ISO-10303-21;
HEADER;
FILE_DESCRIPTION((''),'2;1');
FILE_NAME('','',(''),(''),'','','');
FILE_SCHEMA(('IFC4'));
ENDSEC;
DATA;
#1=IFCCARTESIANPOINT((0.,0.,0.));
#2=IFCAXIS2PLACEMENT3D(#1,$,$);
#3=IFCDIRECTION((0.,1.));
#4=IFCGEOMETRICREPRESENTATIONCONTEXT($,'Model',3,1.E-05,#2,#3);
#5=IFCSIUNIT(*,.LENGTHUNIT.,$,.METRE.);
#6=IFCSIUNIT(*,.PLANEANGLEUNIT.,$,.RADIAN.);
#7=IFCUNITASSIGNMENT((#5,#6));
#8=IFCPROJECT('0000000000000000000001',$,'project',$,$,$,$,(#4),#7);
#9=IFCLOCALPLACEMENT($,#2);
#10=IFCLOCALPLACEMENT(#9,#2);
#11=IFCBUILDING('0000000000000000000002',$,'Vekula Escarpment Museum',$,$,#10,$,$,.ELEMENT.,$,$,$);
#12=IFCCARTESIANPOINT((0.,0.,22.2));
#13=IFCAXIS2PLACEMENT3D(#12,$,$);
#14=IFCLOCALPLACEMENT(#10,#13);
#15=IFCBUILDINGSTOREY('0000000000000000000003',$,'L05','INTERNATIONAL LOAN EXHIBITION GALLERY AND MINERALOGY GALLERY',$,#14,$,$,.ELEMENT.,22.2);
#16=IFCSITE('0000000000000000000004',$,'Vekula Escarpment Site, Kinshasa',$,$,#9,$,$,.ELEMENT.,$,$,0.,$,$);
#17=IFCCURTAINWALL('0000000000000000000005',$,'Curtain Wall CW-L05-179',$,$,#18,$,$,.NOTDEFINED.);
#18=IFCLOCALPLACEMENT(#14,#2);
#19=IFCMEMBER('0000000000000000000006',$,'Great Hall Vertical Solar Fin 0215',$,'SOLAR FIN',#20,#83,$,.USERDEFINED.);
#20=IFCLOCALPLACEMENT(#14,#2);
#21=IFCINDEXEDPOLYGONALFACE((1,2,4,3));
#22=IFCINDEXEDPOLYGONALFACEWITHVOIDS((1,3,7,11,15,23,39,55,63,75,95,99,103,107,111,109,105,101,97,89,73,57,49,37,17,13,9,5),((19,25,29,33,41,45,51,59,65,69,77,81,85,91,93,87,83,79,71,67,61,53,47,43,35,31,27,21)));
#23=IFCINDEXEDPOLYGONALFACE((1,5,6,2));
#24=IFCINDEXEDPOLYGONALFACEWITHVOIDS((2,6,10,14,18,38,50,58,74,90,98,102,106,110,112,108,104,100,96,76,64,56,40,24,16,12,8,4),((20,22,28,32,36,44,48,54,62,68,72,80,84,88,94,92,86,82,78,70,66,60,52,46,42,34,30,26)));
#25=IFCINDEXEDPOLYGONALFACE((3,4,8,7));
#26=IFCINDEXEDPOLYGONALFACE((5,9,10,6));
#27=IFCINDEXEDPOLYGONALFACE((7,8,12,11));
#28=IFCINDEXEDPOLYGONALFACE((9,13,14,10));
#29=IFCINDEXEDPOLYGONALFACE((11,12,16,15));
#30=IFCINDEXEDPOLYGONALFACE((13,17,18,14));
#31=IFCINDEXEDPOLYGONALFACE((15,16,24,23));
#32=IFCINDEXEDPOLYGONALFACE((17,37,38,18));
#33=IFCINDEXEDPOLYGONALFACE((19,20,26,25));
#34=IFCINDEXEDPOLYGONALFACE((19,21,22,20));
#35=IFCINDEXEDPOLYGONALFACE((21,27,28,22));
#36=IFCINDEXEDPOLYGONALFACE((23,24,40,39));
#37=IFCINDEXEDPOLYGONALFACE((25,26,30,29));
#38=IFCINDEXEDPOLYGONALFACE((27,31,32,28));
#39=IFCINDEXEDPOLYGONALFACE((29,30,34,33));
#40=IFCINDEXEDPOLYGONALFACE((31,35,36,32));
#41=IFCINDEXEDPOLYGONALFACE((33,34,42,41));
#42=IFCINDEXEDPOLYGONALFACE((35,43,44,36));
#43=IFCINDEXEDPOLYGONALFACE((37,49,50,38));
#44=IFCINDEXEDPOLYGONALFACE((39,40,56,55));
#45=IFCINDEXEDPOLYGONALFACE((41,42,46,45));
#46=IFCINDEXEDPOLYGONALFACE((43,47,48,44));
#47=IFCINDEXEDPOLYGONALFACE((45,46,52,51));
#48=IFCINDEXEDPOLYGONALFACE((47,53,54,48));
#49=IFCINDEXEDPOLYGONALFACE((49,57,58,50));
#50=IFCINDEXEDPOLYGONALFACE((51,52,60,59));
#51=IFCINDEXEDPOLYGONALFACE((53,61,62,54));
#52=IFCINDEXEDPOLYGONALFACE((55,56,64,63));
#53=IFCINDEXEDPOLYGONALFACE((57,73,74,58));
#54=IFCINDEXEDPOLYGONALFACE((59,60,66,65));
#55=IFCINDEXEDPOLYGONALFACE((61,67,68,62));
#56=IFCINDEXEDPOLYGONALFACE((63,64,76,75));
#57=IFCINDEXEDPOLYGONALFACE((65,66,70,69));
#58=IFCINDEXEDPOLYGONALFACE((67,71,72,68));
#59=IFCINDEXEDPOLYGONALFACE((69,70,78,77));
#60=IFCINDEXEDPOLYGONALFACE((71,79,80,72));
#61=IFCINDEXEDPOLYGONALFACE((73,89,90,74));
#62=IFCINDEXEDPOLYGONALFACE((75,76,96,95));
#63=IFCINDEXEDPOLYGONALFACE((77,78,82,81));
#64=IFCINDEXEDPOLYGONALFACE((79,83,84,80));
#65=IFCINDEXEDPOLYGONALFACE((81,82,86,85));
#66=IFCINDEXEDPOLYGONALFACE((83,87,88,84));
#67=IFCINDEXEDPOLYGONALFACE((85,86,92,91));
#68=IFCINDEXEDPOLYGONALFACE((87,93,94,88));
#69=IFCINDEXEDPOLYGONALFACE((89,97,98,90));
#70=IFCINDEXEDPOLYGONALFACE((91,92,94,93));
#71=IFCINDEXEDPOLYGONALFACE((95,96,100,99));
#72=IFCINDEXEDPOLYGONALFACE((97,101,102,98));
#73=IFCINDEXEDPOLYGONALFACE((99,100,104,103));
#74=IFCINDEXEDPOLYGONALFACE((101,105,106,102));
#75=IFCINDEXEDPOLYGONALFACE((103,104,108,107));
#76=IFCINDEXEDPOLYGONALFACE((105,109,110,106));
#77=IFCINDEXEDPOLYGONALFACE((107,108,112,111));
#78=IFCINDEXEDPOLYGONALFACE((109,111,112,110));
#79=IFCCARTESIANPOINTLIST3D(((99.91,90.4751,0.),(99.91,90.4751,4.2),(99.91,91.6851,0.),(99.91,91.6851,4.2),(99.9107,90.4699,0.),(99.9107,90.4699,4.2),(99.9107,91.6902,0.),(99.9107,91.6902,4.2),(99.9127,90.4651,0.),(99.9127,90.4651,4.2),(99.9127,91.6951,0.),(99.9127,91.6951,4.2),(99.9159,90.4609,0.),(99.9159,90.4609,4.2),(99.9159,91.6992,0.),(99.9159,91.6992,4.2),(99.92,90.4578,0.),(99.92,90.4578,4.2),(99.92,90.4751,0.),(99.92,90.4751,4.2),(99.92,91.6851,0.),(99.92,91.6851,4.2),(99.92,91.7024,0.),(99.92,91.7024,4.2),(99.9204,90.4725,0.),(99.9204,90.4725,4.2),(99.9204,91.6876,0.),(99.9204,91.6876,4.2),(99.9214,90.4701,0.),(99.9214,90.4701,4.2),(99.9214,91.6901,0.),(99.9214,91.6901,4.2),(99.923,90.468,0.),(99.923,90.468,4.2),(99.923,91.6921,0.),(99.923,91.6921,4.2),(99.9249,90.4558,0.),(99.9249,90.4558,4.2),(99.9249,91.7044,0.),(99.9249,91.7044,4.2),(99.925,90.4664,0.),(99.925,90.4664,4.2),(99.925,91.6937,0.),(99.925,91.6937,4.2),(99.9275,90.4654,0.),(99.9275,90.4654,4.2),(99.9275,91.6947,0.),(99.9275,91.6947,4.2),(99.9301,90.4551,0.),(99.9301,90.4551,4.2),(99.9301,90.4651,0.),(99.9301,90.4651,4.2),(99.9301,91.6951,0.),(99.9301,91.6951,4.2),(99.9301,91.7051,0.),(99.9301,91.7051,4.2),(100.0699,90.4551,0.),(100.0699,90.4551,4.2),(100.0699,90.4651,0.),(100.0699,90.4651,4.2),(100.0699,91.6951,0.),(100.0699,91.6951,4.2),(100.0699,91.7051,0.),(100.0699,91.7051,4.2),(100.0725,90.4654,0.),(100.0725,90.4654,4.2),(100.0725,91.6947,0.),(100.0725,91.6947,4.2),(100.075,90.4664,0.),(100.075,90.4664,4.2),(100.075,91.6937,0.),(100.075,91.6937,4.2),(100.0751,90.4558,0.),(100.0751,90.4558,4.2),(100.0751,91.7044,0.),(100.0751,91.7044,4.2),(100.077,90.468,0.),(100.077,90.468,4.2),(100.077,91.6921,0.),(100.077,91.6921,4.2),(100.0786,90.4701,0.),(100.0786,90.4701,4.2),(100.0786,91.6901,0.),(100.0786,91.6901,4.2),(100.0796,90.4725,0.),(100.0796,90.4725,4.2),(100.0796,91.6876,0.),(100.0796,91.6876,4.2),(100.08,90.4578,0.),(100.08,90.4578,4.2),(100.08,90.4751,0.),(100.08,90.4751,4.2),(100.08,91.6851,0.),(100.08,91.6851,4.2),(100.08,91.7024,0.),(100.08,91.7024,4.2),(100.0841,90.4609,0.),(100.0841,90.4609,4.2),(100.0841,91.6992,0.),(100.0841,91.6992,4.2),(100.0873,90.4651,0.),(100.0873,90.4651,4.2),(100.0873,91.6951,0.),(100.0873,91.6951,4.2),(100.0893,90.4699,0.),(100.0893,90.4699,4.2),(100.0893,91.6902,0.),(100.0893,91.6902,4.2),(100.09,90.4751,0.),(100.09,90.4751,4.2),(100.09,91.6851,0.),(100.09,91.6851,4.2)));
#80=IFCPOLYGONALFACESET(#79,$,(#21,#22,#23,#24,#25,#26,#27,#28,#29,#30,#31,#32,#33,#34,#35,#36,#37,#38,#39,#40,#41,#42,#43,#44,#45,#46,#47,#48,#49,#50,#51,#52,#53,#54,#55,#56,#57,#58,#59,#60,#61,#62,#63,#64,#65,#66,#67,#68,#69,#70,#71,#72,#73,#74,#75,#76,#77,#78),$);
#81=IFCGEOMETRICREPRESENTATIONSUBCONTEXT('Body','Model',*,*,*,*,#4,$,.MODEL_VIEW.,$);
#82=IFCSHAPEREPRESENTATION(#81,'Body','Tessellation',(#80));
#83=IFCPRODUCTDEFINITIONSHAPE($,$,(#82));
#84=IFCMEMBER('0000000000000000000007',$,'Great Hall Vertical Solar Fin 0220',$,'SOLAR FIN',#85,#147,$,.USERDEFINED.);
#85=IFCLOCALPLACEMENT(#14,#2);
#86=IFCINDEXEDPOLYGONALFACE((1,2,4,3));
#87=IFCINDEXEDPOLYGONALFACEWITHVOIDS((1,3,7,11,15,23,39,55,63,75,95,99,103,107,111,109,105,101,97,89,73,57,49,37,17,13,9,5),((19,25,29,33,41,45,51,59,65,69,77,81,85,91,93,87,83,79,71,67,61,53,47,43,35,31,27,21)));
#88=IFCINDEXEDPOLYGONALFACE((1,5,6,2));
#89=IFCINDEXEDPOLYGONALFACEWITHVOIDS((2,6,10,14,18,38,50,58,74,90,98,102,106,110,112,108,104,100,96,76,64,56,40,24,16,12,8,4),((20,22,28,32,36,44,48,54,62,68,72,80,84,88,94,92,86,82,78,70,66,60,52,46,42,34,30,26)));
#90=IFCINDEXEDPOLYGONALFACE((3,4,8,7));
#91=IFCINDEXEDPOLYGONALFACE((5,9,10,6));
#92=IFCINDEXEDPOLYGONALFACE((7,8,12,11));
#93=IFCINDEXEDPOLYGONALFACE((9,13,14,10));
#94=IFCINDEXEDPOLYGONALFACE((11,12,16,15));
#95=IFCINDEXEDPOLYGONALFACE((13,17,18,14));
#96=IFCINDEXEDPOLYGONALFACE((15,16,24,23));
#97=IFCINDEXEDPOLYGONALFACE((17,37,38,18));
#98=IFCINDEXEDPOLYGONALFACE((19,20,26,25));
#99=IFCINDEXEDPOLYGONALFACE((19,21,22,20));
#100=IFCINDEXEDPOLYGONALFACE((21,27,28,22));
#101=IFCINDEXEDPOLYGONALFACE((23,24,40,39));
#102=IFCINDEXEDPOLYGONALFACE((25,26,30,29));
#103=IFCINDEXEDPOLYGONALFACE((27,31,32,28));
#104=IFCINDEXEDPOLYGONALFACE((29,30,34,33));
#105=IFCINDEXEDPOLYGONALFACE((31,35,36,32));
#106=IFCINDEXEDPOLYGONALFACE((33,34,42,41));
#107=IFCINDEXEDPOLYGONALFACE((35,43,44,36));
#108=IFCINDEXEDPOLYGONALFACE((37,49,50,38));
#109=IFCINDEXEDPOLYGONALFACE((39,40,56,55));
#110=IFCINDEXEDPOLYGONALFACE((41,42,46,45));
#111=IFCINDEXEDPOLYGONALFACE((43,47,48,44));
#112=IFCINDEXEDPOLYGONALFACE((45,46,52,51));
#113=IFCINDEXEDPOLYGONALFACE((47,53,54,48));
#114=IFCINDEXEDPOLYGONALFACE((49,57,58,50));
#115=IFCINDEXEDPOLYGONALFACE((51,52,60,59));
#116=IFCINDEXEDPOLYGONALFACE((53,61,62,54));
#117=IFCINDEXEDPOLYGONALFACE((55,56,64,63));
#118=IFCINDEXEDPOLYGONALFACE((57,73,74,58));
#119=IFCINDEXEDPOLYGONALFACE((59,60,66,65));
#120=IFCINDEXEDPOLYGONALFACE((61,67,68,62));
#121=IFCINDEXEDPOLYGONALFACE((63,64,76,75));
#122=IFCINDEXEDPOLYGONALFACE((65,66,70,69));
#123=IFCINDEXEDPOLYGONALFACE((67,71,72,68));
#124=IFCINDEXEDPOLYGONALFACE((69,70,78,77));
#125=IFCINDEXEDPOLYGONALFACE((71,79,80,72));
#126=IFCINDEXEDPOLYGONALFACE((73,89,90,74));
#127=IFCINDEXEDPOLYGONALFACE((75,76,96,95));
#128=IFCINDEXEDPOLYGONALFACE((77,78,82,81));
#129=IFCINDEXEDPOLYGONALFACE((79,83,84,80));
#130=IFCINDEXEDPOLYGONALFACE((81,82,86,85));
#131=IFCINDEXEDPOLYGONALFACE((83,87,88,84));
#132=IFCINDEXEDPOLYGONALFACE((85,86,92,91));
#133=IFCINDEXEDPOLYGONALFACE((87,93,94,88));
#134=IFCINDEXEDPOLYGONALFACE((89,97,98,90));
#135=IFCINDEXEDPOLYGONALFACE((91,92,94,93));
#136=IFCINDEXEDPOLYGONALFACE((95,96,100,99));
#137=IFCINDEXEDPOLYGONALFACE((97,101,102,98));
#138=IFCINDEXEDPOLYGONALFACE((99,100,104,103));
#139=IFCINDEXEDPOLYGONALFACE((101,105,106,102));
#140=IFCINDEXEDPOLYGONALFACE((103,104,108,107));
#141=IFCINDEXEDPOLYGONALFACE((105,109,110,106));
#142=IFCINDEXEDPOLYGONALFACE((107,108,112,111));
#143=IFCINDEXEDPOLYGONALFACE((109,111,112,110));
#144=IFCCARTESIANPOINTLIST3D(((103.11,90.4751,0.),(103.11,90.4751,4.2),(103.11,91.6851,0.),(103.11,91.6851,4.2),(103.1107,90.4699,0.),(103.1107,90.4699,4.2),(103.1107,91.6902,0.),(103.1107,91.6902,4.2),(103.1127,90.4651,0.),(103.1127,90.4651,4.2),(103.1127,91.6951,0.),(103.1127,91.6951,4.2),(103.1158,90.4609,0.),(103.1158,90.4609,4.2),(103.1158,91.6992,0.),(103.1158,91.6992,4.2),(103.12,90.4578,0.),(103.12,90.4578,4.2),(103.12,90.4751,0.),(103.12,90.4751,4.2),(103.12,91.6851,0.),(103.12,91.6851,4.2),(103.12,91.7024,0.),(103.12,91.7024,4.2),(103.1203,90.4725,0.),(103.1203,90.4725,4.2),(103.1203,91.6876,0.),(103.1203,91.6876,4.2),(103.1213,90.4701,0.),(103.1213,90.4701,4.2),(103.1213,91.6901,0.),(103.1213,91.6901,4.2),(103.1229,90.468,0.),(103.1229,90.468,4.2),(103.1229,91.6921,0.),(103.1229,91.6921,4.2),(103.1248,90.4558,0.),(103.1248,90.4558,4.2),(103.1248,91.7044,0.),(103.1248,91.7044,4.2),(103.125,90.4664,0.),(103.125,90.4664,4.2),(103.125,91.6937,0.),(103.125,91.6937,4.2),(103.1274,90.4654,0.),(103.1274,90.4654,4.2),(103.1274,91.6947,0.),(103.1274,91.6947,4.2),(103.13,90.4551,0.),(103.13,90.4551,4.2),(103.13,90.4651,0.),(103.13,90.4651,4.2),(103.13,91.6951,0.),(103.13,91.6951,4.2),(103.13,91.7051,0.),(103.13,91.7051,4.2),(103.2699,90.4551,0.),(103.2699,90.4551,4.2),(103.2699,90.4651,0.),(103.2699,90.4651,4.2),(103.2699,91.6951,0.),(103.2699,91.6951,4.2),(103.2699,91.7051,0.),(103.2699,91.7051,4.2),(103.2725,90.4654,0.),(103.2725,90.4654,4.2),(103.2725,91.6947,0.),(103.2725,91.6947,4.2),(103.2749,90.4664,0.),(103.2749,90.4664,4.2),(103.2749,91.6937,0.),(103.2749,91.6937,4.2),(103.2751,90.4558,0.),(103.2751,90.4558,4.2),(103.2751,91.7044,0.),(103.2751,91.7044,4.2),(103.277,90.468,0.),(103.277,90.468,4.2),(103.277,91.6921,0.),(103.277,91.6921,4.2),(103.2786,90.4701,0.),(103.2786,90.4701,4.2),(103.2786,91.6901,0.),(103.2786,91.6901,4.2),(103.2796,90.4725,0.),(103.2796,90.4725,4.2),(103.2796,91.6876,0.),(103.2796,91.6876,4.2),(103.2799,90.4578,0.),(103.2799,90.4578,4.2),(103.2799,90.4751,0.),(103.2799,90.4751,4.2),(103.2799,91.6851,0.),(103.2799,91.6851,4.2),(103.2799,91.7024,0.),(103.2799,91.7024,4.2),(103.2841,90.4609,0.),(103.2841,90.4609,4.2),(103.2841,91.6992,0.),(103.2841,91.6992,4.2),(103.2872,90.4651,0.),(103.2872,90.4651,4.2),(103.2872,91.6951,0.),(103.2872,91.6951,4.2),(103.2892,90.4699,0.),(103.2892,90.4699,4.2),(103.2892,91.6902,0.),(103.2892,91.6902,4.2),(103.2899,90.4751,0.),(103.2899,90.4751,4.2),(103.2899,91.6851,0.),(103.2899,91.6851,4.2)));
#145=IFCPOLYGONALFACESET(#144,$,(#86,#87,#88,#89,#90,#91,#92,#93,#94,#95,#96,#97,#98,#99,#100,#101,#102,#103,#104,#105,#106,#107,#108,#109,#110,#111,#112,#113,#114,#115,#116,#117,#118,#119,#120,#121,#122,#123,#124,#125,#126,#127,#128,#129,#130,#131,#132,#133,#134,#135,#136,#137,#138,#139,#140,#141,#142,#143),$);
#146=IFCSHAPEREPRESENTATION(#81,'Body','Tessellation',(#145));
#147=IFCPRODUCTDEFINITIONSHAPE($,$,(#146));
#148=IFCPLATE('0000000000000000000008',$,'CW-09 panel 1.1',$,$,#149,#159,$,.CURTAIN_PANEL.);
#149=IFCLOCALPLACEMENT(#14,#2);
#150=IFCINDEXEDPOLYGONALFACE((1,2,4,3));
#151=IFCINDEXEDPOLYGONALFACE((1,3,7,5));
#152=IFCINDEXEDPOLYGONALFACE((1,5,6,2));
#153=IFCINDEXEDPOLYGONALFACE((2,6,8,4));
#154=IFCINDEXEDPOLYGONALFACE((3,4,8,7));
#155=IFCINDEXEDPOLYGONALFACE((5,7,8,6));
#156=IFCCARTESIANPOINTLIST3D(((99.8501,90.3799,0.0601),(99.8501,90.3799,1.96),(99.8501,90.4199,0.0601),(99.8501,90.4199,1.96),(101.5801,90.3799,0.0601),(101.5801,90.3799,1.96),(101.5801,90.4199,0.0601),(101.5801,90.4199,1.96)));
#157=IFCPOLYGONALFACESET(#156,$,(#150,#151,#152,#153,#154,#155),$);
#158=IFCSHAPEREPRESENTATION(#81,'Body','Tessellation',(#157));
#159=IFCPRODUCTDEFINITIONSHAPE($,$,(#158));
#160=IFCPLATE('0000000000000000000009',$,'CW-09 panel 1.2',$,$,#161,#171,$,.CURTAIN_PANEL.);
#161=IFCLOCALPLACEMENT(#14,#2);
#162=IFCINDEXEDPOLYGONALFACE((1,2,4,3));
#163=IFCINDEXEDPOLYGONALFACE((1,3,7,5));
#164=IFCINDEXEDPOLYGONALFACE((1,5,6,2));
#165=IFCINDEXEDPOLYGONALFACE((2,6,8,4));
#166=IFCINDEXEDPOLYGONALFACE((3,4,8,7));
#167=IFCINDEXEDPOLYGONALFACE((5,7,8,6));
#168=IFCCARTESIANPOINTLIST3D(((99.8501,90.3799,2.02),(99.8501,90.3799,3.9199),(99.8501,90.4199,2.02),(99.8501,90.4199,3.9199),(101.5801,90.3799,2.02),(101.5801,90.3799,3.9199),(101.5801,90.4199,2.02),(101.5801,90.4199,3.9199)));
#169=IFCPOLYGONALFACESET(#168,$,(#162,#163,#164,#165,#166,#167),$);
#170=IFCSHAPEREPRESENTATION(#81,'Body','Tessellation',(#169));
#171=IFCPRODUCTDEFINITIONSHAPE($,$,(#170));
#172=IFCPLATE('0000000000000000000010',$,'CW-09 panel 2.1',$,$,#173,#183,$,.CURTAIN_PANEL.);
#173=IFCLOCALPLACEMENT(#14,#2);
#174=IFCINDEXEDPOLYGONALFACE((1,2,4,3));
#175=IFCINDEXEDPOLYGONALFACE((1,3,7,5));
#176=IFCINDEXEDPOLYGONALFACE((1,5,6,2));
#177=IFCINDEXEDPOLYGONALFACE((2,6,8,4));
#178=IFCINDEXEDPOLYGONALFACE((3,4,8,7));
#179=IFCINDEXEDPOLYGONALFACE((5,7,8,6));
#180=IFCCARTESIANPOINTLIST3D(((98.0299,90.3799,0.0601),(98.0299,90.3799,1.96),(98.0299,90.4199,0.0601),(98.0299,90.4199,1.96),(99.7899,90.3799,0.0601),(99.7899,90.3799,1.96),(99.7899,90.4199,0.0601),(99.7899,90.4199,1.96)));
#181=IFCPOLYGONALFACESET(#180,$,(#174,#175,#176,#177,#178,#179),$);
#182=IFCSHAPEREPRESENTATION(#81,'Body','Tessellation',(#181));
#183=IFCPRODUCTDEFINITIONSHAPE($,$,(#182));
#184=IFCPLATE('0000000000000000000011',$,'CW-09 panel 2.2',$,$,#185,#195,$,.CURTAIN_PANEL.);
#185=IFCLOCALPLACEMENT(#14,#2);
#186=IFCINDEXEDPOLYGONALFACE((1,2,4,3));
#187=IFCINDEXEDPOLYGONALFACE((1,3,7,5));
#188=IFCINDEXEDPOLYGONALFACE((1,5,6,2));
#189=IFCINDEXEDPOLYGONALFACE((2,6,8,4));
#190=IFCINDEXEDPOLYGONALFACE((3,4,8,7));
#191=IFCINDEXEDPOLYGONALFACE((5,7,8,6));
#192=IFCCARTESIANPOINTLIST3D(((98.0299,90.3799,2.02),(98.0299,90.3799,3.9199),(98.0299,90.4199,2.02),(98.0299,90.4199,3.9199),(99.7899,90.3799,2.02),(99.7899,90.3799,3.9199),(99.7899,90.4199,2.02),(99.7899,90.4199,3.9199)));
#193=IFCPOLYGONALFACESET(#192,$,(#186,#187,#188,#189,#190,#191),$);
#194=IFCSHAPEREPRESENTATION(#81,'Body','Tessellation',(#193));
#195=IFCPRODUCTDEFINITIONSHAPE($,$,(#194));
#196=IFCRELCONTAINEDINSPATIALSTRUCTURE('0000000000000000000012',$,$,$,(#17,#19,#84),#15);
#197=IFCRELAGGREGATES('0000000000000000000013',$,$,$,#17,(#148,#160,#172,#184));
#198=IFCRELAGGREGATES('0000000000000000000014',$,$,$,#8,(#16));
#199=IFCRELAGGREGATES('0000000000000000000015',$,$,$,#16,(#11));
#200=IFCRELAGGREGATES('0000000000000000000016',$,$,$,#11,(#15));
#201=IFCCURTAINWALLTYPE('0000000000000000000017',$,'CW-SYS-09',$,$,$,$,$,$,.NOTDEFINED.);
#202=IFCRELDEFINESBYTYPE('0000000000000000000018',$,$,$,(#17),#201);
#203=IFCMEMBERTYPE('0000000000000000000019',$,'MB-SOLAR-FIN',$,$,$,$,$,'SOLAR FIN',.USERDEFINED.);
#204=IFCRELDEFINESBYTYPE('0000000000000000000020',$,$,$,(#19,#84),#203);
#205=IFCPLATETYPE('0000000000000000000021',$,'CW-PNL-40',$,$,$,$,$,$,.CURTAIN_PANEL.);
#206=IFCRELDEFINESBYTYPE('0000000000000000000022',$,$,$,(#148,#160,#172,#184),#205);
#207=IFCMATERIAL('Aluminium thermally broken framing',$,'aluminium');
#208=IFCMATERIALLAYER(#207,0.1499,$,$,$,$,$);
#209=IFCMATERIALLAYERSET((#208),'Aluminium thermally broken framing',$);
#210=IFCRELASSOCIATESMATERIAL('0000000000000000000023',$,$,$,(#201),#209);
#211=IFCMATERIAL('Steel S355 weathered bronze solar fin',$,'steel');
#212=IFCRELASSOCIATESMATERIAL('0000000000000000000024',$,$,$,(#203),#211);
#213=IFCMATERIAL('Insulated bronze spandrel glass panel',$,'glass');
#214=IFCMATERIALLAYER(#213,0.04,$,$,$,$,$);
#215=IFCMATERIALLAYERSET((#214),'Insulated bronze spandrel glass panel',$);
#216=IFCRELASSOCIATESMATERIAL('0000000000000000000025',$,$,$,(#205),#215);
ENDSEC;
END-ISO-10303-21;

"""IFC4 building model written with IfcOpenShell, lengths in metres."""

from ifc_helpers import new_model, si_unit, direction, frame, origin, origin_2d, place, context, subcontext, project, spatial, rectangle, hollow_rectangle, extrude, material, layer, layer_set, material_profile, profile_set, type_object, element, aggregate, save


model = new_model("IFC4")

# Units and contexts
model_context = context("Model", 3, precision=1e-05, world=origin(), true_north=direction((0.0, 1.0)))
body_context = subcontext(model_context, "Body", "Model", "MODEL_VIEW")
ifc_project = project(units=[si_unit("LENGTHUNIT", "METRE"), si_unit("PLANEANGLEUNIT", "RADIAN")], contexts=[model_context])

# Site, building, storey
site_placement = place(None, origin())
site = spatial("IfcSite", under=ifc_project, at=site_placement, Name="Vekula Escarpment Site, Kinshasa", CompositionType="ELEMENT", RefElevation=0.0)
building_placement = place(site_placement, origin())
building = spatial("IfcBuilding", under=site, at=building_placement, Name="Vekula Escarpment Museum", CompositionType="ELEMENT")
storey_placement = place(building_placement, frame((0.0, 0.0, 22.2)))
storey = spatial("IfcBuildingStorey", under=building, at=storey_placement, Name="L05", Description="INTERNATIONAL LOAN EXHIBITION GALLERY AND MINERALOGY GALLERY", CompositionType="ELEMENT", Elevation=22.2)

# Curtain wall
ifc_material_1 = material(Name="Aluminium thermally broken framing", Category="aluminium")
ifc_layer_1 = layer(ifc_material_1, 0.1499)
ifc_layer_set_1 = layer_set([ifc_layer_1], Name="Aluminium thermally broken framing")
curtain_wall_type_1 = type_object("IfcCurtainWallType", Name="CW-SYS-09", PredefinedType="NOTDEFINED", material=ifc_layer_set_1)
curtain_wall_1_placement = place(storey_placement, origin())
curtain_wall_1 = element("IfcCurtainWall", 1, at=curtain_wall_1_placement, inside=storey, type_object=curtain_wall_type_1, Name="Curtain Wall CW-L05-179", PredefinedType="NOTDEFINED")

# Members
ifc_material_2 = material(Name="Steel S355 weathered bronze solar fin", Category="steel")
ifc_material_profile_1 = material_profile(ifc_material_2, hollow_rectangle(XDim=0.1799, YDim=1.25, WallThickness=0.01, InnerFilletRadius=0.01, OuterFilletRadius=0.02, at=origin_2d()), Name="RHS 1250x180x10")
ifc_profile_set_1 = profile_set([ifc_material_profile_1], Name="Steel S355 weathered bronze solar fin")
member_type_1 = type_object("IfcMemberType", Name="MB-SOLAR-FIN", ElementType="SOLAR FIN", PredefinedType="USERDEFINED", material=ifc_profile_set_1)
for number, where, z_axis, x_axis, name in (
    (2, (100.0, 91.0801, 0.0), (0.0, 0.0, 1.0), (1.0, 0.0, 0.0), "Great Hall Vertical Solar Fin 0215"),
    (3, (103.2, 91.0801, 0.0), (0.0, 0.0, 1.0), (1.0, 0.0, 0.0), "Great Hall Vertical Solar Fin 0220"),
):
    element("IfcMember", number, at=place(storey_placement, frame(where, z_axis=z_axis, x_axis=x_axis)), inside=storey, type_object=member_type_1, Name=name, ObjectType="SOLAR FIN", PredefinedType="USERDEFINED", context=body_context, shape_type="SweptSolid", body=[
        extrude(hollow_rectangle(XDim=0.1799, YDim=1.25, WallThickness=0.01, InnerFilletRadius=0.01, OuterFilletRadius=0.02, at=origin_2d()), origin(), (0.0, 0.0, 1.0), 4.2),
    ])

# Plates
ifc_material_3 = material(Name="Insulated bronze spandrel glass panel", Category="glass")
ifc_layer_2 = layer(ifc_material_3, 0.04)
ifc_layer_set_2 = layer_set([ifc_layer_2], Name="Insulated bronze spandrel glass panel")
plate_type = type_object("IfcPlateType", Name="CW-PNL-40", PredefinedType="CURTAIN_PANEL", material=ifc_layer_set_2)
plate_1_placement = place(storey_placement, frame((100.7151, 90.3999, 0.0601), z_axis=(0.0, 0.0, 1.0), x_axis=(-1.0, 0.0, 0.0)))
plate_1 = element("IfcPlate", 4, at=plate_1_placement, type_object=plate_type, Name="CW-09 panel 1.1", PredefinedType="CURTAIN_PANEL", context=body_context, shape_type="SweptSolid", body=[
    extrude(rectangle(XDim=1.73, YDim=0.04, at=origin_2d()), origin(), (0.0, 0.0, 1.0), 1.8999),
])
plate_2_placement = place(storey_placement, frame((100.7151, 90.3999, 2.02), z_axis=(0.0, 0.0, 1.0), x_axis=(-1.0, 0.0, 0.0)))
plate_2 = element("IfcPlate", 5, at=plate_2_placement, type_object=plate_type, Name="CW-09 panel 1.2", PredefinedType="CURTAIN_PANEL", context=body_context, shape_type="SweptSolid", body=[
    extrude(rectangle(XDim=1.73, YDim=0.04, at=origin_2d()), origin(), (0.0, 0.0, 1.0), 1.8999),
])
plate_3_placement = place(storey_placement, frame((98.9099, 90.3999, 0.0601), z_axis=(0.0, 0.0, 1.0), x_axis=(-1.0, 0.0, 0.0)))
plate_3 = element("IfcPlate", 6, at=plate_3_placement, type_object=plate_type, Name="CW-09 panel 2.1", PredefinedType="CURTAIN_PANEL", context=body_context, shape_type="SweptSolid", body=[
    extrude(rectangle(XDim=1.76, YDim=0.04, at=origin_2d()), origin(), (0.0, 0.0, 1.0), 1.8999),
])
plate_4_placement = place(storey_placement, frame((98.9099, 90.3999, 2.02), z_axis=(0.0, 0.0, 1.0), x_axis=(-1.0, 0.0, 0.0)))
plate_4 = element("IfcPlate", 7, at=plate_4_placement, type_object=plate_type, Name="CW-09 panel 2.2", PredefinedType="CURTAIN_PANEL", context=body_context, shape_type="SweptSolid", body=[
    extrude(rectangle(XDim=1.76, YDim=0.04, at=origin_2d()), origin(), (0.0, 0.0, 1.0), 1.8999),
])
aggregate(curtain_wall_1, [plate_1, plate_2, plate_3, plate_4])

save(model, "model.ifc")
